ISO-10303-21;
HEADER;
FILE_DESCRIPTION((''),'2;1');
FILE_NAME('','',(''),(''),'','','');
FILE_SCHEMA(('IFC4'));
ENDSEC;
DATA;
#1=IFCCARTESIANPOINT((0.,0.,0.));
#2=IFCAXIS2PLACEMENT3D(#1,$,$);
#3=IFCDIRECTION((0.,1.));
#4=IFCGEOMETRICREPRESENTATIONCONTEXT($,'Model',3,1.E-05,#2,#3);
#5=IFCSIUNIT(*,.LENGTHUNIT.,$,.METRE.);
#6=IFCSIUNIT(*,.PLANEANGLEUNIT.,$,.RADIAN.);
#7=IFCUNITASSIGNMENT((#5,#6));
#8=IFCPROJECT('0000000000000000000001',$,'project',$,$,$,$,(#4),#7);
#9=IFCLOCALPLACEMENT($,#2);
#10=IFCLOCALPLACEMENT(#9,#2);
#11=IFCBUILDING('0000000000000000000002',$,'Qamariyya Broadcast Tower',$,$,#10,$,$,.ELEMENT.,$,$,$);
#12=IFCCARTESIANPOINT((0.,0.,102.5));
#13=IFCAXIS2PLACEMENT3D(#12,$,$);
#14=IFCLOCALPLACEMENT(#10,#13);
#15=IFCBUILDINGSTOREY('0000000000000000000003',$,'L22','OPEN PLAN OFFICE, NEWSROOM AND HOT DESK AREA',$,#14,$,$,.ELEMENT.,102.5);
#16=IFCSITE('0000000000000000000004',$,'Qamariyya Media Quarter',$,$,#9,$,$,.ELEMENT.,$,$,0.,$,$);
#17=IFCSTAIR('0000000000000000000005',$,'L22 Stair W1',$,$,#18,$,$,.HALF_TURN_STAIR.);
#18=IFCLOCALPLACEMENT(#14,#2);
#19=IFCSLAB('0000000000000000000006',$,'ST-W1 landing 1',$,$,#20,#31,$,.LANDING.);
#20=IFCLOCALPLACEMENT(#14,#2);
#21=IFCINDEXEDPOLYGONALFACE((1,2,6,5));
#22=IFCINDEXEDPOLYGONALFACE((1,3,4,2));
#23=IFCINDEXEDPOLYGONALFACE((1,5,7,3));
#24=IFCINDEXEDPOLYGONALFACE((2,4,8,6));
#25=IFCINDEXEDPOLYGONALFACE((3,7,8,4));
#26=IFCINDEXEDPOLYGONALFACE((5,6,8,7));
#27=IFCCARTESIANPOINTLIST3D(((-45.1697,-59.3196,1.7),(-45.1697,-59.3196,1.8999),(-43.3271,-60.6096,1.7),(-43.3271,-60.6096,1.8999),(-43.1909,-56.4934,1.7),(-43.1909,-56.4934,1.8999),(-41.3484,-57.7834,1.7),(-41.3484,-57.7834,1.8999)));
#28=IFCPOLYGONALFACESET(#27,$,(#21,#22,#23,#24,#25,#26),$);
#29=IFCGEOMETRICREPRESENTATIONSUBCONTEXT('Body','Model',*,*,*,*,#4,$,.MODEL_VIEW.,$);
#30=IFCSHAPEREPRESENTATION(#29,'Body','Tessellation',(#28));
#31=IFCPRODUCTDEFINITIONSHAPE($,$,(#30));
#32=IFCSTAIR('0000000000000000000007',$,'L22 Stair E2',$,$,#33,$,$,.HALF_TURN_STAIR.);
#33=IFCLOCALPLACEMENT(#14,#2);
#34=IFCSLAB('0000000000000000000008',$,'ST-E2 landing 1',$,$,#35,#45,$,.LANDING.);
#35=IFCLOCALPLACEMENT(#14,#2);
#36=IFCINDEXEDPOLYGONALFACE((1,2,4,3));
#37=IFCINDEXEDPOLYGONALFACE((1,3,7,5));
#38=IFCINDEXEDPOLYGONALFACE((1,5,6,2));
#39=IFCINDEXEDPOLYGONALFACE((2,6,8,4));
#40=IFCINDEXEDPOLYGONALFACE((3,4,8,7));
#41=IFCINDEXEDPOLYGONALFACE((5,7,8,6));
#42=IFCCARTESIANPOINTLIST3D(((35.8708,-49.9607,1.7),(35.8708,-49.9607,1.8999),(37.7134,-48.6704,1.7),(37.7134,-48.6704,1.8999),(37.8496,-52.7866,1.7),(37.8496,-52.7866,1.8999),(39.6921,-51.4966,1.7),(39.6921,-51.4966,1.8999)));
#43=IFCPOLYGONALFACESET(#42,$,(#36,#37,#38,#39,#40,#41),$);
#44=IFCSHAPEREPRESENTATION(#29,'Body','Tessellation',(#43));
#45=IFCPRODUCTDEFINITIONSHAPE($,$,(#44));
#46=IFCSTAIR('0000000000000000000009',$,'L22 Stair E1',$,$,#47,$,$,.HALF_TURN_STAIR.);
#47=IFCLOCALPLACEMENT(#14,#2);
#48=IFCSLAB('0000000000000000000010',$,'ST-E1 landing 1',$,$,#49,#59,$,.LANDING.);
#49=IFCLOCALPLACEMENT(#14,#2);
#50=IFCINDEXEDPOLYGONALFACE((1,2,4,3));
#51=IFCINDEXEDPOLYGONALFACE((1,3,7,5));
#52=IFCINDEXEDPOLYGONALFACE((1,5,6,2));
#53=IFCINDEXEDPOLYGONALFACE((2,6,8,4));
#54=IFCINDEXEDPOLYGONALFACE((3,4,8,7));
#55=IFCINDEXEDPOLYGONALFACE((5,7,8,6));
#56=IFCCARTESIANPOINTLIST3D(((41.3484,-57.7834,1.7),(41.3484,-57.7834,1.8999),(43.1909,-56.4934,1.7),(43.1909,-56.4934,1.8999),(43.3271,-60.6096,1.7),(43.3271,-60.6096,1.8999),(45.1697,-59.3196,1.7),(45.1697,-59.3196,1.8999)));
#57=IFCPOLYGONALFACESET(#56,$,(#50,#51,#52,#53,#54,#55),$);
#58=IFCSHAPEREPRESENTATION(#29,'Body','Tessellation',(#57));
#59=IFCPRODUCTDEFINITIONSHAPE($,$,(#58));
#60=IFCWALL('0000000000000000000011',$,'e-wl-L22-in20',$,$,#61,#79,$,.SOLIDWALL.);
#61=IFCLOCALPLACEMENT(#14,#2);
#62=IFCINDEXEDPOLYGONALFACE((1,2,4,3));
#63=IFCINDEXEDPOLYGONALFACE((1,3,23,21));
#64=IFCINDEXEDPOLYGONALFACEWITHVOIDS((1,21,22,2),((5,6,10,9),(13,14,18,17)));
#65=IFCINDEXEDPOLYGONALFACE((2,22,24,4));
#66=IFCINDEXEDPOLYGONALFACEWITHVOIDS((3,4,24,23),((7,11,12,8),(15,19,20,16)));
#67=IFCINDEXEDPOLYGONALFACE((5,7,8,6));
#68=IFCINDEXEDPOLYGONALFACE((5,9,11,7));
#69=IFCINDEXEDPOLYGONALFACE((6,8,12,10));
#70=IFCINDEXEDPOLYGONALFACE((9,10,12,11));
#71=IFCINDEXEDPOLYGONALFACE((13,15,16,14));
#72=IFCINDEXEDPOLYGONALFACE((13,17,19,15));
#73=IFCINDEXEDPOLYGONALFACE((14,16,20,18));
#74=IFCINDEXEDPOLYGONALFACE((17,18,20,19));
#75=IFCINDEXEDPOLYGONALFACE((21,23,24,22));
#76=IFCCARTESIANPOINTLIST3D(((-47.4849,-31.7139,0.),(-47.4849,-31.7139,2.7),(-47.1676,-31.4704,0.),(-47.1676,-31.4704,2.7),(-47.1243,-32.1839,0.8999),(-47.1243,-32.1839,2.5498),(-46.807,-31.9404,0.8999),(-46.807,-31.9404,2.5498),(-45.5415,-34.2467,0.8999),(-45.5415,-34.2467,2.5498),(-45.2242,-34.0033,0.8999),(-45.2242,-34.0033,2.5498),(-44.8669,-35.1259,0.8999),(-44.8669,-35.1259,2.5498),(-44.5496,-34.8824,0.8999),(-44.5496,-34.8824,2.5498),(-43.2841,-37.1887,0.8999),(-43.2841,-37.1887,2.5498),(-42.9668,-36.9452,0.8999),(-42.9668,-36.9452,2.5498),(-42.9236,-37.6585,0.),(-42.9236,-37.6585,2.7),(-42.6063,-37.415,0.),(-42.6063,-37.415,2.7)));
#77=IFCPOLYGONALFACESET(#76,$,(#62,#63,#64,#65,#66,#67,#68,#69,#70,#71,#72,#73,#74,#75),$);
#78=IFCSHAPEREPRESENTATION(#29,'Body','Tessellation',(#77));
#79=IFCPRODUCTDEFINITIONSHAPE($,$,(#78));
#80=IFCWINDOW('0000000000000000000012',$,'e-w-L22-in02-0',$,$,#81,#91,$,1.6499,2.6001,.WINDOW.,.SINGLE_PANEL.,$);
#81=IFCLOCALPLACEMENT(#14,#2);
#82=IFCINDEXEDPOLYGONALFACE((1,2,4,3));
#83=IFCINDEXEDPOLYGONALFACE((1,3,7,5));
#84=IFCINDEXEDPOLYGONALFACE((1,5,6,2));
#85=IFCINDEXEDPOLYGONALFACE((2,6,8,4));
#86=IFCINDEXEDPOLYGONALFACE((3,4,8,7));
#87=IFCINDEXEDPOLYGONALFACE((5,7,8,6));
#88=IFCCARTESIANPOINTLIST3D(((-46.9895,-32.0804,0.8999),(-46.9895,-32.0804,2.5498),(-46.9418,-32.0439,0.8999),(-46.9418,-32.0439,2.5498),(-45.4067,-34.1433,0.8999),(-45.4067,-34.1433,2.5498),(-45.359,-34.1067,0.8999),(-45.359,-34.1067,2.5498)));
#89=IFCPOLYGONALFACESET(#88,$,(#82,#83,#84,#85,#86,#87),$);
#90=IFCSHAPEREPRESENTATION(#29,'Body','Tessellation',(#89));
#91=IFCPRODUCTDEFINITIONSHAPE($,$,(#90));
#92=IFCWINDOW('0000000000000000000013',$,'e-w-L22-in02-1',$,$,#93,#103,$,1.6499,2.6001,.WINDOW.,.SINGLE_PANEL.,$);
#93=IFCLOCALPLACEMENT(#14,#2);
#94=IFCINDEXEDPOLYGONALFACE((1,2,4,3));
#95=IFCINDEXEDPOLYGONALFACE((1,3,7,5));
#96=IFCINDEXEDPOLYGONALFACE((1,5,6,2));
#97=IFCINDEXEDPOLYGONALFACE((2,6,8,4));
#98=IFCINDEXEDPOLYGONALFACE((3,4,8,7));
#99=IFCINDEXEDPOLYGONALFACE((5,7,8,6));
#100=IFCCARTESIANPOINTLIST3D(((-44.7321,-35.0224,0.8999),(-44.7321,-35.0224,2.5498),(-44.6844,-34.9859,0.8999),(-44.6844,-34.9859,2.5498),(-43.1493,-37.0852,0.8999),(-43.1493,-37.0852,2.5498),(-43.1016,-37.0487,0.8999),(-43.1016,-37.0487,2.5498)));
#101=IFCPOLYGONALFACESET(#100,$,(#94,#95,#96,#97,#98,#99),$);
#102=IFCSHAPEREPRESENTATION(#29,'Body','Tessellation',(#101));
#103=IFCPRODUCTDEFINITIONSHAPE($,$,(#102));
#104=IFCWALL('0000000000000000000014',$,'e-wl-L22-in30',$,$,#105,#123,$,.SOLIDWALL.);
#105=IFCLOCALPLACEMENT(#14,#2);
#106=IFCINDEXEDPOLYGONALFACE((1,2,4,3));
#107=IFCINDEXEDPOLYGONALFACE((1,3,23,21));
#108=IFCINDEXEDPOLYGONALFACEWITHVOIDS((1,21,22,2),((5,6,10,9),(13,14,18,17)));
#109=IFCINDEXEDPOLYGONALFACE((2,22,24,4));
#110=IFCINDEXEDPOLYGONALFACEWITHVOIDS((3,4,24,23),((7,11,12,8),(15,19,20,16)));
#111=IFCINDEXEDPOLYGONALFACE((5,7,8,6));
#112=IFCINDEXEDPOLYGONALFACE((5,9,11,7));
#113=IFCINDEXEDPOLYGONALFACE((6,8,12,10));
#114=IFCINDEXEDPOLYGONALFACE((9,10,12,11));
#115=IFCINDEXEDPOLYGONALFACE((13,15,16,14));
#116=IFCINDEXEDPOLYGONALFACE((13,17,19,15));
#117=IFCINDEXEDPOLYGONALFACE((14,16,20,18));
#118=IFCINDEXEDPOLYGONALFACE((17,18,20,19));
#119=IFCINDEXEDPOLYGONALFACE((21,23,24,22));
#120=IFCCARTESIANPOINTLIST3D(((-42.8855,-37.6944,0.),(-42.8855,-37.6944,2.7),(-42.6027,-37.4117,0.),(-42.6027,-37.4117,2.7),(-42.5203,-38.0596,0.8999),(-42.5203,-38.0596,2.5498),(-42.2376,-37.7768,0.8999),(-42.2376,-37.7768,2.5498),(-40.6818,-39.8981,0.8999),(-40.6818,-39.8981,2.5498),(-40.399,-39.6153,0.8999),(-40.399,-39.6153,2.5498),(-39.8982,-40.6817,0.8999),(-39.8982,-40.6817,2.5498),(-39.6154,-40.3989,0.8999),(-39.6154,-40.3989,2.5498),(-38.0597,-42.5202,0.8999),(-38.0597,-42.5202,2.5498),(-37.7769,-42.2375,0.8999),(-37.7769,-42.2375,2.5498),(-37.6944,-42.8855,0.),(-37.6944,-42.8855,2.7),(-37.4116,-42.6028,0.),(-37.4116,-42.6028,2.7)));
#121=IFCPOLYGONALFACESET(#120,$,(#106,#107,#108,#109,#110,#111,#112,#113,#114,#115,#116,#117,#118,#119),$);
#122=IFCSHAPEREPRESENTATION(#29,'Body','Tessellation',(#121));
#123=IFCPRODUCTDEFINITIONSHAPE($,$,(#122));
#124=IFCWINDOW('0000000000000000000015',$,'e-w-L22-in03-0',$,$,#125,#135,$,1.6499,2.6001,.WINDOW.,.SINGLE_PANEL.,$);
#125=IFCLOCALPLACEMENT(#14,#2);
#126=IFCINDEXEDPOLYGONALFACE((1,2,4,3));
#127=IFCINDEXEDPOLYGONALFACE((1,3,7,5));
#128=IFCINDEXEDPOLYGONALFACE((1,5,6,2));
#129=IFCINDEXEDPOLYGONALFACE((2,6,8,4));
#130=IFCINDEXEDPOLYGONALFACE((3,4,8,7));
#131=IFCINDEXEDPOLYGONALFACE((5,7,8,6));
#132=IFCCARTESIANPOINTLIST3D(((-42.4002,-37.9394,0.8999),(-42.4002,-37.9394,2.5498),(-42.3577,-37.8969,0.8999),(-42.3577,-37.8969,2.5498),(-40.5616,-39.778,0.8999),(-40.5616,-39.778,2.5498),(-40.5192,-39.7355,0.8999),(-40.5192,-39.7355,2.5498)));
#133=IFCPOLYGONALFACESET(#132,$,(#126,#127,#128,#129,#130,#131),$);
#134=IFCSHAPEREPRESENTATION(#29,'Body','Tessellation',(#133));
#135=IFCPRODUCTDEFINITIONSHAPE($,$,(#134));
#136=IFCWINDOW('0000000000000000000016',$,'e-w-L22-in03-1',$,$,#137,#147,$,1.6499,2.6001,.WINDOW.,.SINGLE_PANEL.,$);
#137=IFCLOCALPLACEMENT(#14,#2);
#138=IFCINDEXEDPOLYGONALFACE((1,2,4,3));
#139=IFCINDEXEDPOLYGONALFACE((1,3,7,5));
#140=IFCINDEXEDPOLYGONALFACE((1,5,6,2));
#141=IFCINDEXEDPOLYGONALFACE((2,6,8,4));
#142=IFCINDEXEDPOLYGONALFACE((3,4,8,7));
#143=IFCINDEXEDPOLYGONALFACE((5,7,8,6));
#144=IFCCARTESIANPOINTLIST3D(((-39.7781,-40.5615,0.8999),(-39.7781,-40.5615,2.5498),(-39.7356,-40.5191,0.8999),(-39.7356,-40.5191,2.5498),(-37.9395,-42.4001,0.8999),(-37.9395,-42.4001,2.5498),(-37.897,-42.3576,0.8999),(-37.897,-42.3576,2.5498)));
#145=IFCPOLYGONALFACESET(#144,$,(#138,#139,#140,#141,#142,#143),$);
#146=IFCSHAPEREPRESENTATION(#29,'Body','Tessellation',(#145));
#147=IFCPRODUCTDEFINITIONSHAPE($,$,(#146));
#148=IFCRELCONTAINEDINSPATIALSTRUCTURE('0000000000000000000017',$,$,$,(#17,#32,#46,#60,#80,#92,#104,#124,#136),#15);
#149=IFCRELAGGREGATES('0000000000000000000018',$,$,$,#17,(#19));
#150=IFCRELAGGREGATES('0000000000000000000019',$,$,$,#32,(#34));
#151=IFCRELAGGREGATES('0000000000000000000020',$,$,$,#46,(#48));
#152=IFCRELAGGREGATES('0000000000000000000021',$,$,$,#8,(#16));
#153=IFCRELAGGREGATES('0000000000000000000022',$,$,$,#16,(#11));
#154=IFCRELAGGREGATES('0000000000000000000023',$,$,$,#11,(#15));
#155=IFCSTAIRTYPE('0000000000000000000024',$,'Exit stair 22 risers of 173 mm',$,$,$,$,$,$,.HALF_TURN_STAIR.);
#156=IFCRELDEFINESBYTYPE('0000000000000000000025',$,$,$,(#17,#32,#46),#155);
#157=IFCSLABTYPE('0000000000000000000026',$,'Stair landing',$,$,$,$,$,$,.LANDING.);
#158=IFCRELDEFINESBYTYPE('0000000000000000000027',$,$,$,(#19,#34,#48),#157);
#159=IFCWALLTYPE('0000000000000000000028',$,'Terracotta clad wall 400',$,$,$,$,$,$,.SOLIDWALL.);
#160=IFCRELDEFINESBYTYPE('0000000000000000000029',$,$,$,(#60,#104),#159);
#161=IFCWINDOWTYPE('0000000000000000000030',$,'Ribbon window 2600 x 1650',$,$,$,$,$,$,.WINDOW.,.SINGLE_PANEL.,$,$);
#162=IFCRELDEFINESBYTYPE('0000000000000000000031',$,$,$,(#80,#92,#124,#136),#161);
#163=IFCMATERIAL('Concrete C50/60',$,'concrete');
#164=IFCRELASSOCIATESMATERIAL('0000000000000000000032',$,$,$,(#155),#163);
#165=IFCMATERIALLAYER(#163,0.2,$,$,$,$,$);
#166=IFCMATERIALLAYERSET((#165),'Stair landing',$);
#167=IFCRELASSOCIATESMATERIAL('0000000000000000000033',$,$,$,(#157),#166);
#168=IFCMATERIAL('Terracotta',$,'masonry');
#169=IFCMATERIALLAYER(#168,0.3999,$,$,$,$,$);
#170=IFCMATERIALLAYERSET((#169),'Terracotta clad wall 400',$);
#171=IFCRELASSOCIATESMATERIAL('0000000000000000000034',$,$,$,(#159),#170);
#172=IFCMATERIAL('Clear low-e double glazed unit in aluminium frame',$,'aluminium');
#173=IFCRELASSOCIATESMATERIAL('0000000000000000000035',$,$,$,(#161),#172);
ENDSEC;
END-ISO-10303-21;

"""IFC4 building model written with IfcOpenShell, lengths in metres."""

from ifc_helpers import new_model, si_unit, direction, frame, frame_2d, origin, place, context, subcontext, project, spatial, polyline, rectangle, outline, extrude, material, layer, layer_set, type_object, element, fill, aggregate, save


model = new_model("IFC4")

# Units and contexts
model_context = context("Model", 3, precision=1e-05, world=origin(), true_north=direction((0.0, 1.0)))
body_context = subcontext(model_context, "Body", "Model", "MODEL_VIEW")
ifc_project = project(units=[si_unit("LENGTHUNIT", "METRE"), si_unit("PLANEANGLEUNIT", "RADIAN")], contexts=[model_context])

# Site, building, storey
site_placement = place(None, origin())
site = spatial("IfcSite", under=ifc_project, at=site_placement, Name="Qamariyya Media Quarter", CompositionType="ELEMENT", RefElevation=0.0)
building_placement = place(site_placement, origin())
building = spatial("IfcBuilding", under=site, at=building_placement, Name="Qamariyya Broadcast Tower", CompositionType="ELEMENT")
storey_placement = place(building_placement, frame((0.0, 0.0, 102.5)))
storey = spatial("IfcBuildingStorey", under=building, at=storey_placement, Name="L22", Description="OPEN PLAN OFFICE, NEWSROOM AND HOT DESK AREA", CompositionType="ELEMENT", Elevation=102.5)

# Shared definitions
ifc_material_1 = material(Name="Concrete C50/60", Category="concrete")

# Stairs, slabs
stair_type = type_object("IfcStairType", Name="Exit stair 22 risers of 173 mm", PredefinedType="HALF_TURN_STAIR", material=ifc_material_1)
ifc_layer_1 = layer(ifc_material_1, 0.2)
ifc_layer_set_1 = layer_set([ifc_layer_1], Name="Stair landing")
slab_type_1 = type_object("IfcSlabType", Name="Stair landing", PredefinedType="LANDING", material=ifc_layer_set_1)
stair_1_placement = place(storey_placement, origin())
stair_1 = element("IfcStair", 1, at=stair_1_placement, inside=storey, type_object=stair_type, Name="L22 Stair W1", PredefinedType="HALF_TURN_STAIR")
slab_1_placement = place(storey_placement, frame((0.0, 0.0, 1.7)))
slab_1 = element("IfcSlab", 2, at=slab_1_placement, type_object=slab_type_1, Name="ST-W1 landing 1", PredefinedType="LANDING", context=body_context, shape_type="SweptSolid", body=[
    extrude(outline(polyline([(-45.1697, -59.3196), (-43.3271, -60.6096), (-41.3484, -57.7834), (-43.1909, -56.4934), (-45.1697, -59.3196)])), origin(), (0.0, 0.0, 1.0), 0.2),
])
aggregate(stair_1, [slab_1])
stair_2_placement = place(storey_placement, origin())
stair_2 = element("IfcStair", 3, at=stair_2_placement, inside=storey, type_object=stair_type, Name="L22 Stair E2", PredefinedType="HALF_TURN_STAIR")
slab_2_placement = place(storey_placement, frame((0.0, 0.0, 1.7)))
slab_2 = element("IfcSlab", 4, at=slab_2_placement, type_object=slab_type_1, Name="ST-E2 landing 1", PredefinedType="LANDING", context=body_context, shape_type="SweptSolid", body=[
    extrude(outline(polyline([(37.7134, -48.6704), (35.8708, -49.9607), (37.8496, -52.7866), (39.6921, -51.4966), (37.7134, -48.6704)])), origin(), (0.0, 0.0, 1.0), 0.2),
])
aggregate(stair_2, [slab_2])
stair_3_placement = place(storey_placement, origin())
stair_3 = element("IfcStair", 5, at=stair_3_placement, inside=storey, type_object=stair_type, Name="L22 Stair E1", PredefinedType="HALF_TURN_STAIR")
slab_3_placement = place(storey_placement, frame((0.0, 0.0, 1.7)))
slab_3 = element("IfcSlab", 6, at=slab_3_placement, type_object=slab_type_1, Name="ST-E1 landing 1", PredefinedType="LANDING", context=body_context, shape_type="SweptSolid", body=[
    extrude(outline(polyline([(43.1909, -56.4934), (41.3484, -57.7834), (43.3271, -60.6096), (45.1697, -59.3196), (43.1909, -56.4934)])), origin(), (0.0, 0.0, 1.0), 0.2),
])
aggregate(stair_3, [slab_3])

# Walls, openings, windows
ifc_material_2 = material(Name="Terracotta", Category="masonry")
ifc_layer_2 = layer(ifc_material_2, 0.3999)
ifc_layer_set_2 = layer_set([ifc_layer_2], Name="Terracotta clad wall 400")
wall_type = type_object("IfcWallType", Name="Terracotta clad wall 400", PredefinedType="SOLIDWALL", material=ifc_layer_set_2)
wall_1_placement = place(storey_placement, frame((-42.7649, -37.5369, 0.0), z_axis=(0.0, 0.0, 1.0), x_axis=(-0.608748, 0.793363, 0.0)))
wall_1 = element("IfcWall", 7, at=wall_1_placement, inside=storey, type_object=wall_type, Name="e-wl-L22-in20", PredefinedType="SOLIDWALL", context=body_context, shape_type="SweptSolid", body=[
    extrude(rectangle(XDim=7.4929, YDim=0.3999, at=frame_2d((3.7466, 0.0))), origin(), (0.0, 0.0, 1.0), 2.7),
])
opening_1_placement = place(wall_1_placement, frame((4.3005, 0.0, 0.8999)))
opening_1 = element("IfcOpeningElement", 8, at=opening_1_placement, cuts=wall_1, PredefinedType="OPENING", context=body_context, shape_type="SweptSolid", body=[
    extrude(rectangle(XDim=2.6001, YDim=1.6499, at=frame_2d((1.3, 0.825))), frame((0.0, 0.21, 0.0), z_axis=(0.0, -1.0, 0.0), x_axis=(1.0, 0.0, 0.0)), (0.0, 0.0, 1.0), 0.4199),
])
opening_2_placement = place(wall_1_placement, frame((0.5923, 0.0, 0.8999)))
opening_2 = element("IfcOpeningElement", 9, at=opening_2_placement, cuts=wall_1, PredefinedType="OPENING", context=body_context, shape_type="SweptSolid", body=[
    extrude(rectangle(XDim=2.6001, YDim=1.6499, at=frame_2d((1.3, 0.825))), frame((0.0, 0.21, 0.0), z_axis=(0.0, -1.0, 0.0), x_axis=(1.0, 0.0, 0.0)), (0.0, 0.0, 1.0), 0.4199),
])
ifc_material_3 = material(Name="Clear low-e double glazed unit in aluminium frame", Category="aluminium")
window_type = type_object("IfcWindowType", Name="Ribbon window 2600 x 1650", PartitioningType="SINGLE_PANEL", PredefinedType="WINDOW", material=ifc_material_3)
window_1_placement = place(opening_1_placement, origin())
window_1 = element("IfcWindow", 10, at=window_1_placement, inside=storey, type_object=window_type, Name="e-w-L22-in02-0", OverallHeight=1.6499, OverallWidth=2.6001, PartitioningType="SINGLE_PANEL", PredefinedType="WINDOW", context=body_context, shape_type="SweptSolid", body=[
    extrude(rectangle(XDim=2.6001, YDim=1.6499, at=frame_2d((1.3, 0.825))), frame((0.0, 0.03, 0.0), z_axis=(0.0, -1.0, 0.0), x_axis=(1.0, 0.0, 0.0)), (0.0, 0.0, 1.0), 0.0601),
])
fill(opening_1, window_1)
window_2_placement = place(opening_2_placement, origin())
window_2 = element("IfcWindow", 11, at=window_2_placement, inside=storey, type_object=window_type, Name="e-w-L22-in02-1", OverallHeight=1.6499, OverallWidth=2.6001, PartitioningType="SINGLE_PANEL", PredefinedType="WINDOW", context=body_context, shape_type="SweptSolid", body=[
    extrude(rectangle(XDim=2.6001, YDim=1.6499, at=frame_2d((1.3, 0.825))), frame((0.0, 0.03, 0.0), z_axis=(0.0, -1.0, 0.0), x_axis=(1.0, 0.0, 0.0)), (0.0, 0.0, 1.0), 0.0601),
])
fill(opening_2, window_2)
wall_2_placement = place(storey_placement, frame((-37.553, -42.7441, 0.0), z_axis=(0.0, 0.0, 1.0), x_axis=(-0.707107, 0.707107, 0.0)))
wall_2 = element("IfcWall", 12, at=wall_2_placement, inside=storey, type_object=wall_type, Name="e-wl-L22-in30", PredefinedType="SOLIDWALL", context=body_context, shape_type="SweptSolid", body=[
    extrude(rectangle(XDim=7.3413, YDim=0.3999, at=frame_2d((3.6707, 0.0))), origin(), (0.0, 0.0, 1.0), 2.7),
])
opening_3_placement = place(wall_2_placement, frame((4.2249, 0.0, 0.8999)))
opening_3 = element("IfcOpeningElement", 13, at=opening_3_placement, cuts=wall_2, PredefinedType="OPENING", context=body_context, shape_type="SweptSolid", body=[
    extrude(rectangle(XDim=2.6001, YDim=1.6499, at=frame_2d((1.3, 0.825))), frame((0.0, 0.21, 0.0), z_axis=(0.0, -1.0, 0.0), x_axis=(1.0, 0.0, 0.0)), (0.0, 0.0, 1.0), 0.4199),
])
opening_4_placement = place(wall_2_placement, frame((0.5166, 0.0, 0.8999)))
opening_4 = element("IfcOpeningElement", 14, at=opening_4_placement, cuts=wall_2, PredefinedType="OPENING", context=body_context, shape_type="SweptSolid", body=[
    extrude(rectangle(XDim=2.6001, YDim=1.6499, at=frame_2d((1.3, 0.825))), frame((0.0, 0.21, 0.0), z_axis=(0.0, -1.0, 0.0), x_axis=(1.0, 0.0, 0.0)), (0.0, 0.0, 1.0), 0.4199),
])
window_3_placement = place(opening_3_placement, origin())
window_3 = element("IfcWindow", 15, at=window_3_placement, inside=storey, type_object=window_type, Name="e-w-L22-in03-0", OverallHeight=1.6499, OverallWidth=2.6001, PartitioningType="SINGLE_PANEL", PredefinedType="WINDOW", context=body_context, shape_type="SweptSolid", body=[
    extrude(rectangle(XDim=2.6001, YDim=1.6499, at=frame_2d((1.3, 0.825))), frame((0.0, 0.03, 0.0), z_axis=(0.0, -1.0, 0.0), x_axis=(1.0, 0.0, 0.0)), (0.0, 0.0, 1.0), 0.0601),
])
fill(opening_3, window_3)
window_4_placement = place(opening_4_placement, origin())
window_4 = element("IfcWindow", 16, at=window_4_placement, inside=storey, type_object=window_type, Name="e-w-L22-in03-1", OverallHeight=1.6499, OverallWidth=2.6001, PartitioningType="SINGLE_PANEL", PredefinedType="WINDOW", context=body_context, shape_type="SweptSolid", body=[
    extrude(rectangle(XDim=2.6001, YDim=1.6499, at=frame_2d((1.3, 0.825))), frame((0.0, 0.03, 0.0), z_axis=(0.0, -1.0, 0.0), x_axis=(1.0, 0.0, 0.0)), (0.0, 0.0, 1.0), 0.0601),
])
fill(opening_4, window_4)

save(model, "model.ifc")
